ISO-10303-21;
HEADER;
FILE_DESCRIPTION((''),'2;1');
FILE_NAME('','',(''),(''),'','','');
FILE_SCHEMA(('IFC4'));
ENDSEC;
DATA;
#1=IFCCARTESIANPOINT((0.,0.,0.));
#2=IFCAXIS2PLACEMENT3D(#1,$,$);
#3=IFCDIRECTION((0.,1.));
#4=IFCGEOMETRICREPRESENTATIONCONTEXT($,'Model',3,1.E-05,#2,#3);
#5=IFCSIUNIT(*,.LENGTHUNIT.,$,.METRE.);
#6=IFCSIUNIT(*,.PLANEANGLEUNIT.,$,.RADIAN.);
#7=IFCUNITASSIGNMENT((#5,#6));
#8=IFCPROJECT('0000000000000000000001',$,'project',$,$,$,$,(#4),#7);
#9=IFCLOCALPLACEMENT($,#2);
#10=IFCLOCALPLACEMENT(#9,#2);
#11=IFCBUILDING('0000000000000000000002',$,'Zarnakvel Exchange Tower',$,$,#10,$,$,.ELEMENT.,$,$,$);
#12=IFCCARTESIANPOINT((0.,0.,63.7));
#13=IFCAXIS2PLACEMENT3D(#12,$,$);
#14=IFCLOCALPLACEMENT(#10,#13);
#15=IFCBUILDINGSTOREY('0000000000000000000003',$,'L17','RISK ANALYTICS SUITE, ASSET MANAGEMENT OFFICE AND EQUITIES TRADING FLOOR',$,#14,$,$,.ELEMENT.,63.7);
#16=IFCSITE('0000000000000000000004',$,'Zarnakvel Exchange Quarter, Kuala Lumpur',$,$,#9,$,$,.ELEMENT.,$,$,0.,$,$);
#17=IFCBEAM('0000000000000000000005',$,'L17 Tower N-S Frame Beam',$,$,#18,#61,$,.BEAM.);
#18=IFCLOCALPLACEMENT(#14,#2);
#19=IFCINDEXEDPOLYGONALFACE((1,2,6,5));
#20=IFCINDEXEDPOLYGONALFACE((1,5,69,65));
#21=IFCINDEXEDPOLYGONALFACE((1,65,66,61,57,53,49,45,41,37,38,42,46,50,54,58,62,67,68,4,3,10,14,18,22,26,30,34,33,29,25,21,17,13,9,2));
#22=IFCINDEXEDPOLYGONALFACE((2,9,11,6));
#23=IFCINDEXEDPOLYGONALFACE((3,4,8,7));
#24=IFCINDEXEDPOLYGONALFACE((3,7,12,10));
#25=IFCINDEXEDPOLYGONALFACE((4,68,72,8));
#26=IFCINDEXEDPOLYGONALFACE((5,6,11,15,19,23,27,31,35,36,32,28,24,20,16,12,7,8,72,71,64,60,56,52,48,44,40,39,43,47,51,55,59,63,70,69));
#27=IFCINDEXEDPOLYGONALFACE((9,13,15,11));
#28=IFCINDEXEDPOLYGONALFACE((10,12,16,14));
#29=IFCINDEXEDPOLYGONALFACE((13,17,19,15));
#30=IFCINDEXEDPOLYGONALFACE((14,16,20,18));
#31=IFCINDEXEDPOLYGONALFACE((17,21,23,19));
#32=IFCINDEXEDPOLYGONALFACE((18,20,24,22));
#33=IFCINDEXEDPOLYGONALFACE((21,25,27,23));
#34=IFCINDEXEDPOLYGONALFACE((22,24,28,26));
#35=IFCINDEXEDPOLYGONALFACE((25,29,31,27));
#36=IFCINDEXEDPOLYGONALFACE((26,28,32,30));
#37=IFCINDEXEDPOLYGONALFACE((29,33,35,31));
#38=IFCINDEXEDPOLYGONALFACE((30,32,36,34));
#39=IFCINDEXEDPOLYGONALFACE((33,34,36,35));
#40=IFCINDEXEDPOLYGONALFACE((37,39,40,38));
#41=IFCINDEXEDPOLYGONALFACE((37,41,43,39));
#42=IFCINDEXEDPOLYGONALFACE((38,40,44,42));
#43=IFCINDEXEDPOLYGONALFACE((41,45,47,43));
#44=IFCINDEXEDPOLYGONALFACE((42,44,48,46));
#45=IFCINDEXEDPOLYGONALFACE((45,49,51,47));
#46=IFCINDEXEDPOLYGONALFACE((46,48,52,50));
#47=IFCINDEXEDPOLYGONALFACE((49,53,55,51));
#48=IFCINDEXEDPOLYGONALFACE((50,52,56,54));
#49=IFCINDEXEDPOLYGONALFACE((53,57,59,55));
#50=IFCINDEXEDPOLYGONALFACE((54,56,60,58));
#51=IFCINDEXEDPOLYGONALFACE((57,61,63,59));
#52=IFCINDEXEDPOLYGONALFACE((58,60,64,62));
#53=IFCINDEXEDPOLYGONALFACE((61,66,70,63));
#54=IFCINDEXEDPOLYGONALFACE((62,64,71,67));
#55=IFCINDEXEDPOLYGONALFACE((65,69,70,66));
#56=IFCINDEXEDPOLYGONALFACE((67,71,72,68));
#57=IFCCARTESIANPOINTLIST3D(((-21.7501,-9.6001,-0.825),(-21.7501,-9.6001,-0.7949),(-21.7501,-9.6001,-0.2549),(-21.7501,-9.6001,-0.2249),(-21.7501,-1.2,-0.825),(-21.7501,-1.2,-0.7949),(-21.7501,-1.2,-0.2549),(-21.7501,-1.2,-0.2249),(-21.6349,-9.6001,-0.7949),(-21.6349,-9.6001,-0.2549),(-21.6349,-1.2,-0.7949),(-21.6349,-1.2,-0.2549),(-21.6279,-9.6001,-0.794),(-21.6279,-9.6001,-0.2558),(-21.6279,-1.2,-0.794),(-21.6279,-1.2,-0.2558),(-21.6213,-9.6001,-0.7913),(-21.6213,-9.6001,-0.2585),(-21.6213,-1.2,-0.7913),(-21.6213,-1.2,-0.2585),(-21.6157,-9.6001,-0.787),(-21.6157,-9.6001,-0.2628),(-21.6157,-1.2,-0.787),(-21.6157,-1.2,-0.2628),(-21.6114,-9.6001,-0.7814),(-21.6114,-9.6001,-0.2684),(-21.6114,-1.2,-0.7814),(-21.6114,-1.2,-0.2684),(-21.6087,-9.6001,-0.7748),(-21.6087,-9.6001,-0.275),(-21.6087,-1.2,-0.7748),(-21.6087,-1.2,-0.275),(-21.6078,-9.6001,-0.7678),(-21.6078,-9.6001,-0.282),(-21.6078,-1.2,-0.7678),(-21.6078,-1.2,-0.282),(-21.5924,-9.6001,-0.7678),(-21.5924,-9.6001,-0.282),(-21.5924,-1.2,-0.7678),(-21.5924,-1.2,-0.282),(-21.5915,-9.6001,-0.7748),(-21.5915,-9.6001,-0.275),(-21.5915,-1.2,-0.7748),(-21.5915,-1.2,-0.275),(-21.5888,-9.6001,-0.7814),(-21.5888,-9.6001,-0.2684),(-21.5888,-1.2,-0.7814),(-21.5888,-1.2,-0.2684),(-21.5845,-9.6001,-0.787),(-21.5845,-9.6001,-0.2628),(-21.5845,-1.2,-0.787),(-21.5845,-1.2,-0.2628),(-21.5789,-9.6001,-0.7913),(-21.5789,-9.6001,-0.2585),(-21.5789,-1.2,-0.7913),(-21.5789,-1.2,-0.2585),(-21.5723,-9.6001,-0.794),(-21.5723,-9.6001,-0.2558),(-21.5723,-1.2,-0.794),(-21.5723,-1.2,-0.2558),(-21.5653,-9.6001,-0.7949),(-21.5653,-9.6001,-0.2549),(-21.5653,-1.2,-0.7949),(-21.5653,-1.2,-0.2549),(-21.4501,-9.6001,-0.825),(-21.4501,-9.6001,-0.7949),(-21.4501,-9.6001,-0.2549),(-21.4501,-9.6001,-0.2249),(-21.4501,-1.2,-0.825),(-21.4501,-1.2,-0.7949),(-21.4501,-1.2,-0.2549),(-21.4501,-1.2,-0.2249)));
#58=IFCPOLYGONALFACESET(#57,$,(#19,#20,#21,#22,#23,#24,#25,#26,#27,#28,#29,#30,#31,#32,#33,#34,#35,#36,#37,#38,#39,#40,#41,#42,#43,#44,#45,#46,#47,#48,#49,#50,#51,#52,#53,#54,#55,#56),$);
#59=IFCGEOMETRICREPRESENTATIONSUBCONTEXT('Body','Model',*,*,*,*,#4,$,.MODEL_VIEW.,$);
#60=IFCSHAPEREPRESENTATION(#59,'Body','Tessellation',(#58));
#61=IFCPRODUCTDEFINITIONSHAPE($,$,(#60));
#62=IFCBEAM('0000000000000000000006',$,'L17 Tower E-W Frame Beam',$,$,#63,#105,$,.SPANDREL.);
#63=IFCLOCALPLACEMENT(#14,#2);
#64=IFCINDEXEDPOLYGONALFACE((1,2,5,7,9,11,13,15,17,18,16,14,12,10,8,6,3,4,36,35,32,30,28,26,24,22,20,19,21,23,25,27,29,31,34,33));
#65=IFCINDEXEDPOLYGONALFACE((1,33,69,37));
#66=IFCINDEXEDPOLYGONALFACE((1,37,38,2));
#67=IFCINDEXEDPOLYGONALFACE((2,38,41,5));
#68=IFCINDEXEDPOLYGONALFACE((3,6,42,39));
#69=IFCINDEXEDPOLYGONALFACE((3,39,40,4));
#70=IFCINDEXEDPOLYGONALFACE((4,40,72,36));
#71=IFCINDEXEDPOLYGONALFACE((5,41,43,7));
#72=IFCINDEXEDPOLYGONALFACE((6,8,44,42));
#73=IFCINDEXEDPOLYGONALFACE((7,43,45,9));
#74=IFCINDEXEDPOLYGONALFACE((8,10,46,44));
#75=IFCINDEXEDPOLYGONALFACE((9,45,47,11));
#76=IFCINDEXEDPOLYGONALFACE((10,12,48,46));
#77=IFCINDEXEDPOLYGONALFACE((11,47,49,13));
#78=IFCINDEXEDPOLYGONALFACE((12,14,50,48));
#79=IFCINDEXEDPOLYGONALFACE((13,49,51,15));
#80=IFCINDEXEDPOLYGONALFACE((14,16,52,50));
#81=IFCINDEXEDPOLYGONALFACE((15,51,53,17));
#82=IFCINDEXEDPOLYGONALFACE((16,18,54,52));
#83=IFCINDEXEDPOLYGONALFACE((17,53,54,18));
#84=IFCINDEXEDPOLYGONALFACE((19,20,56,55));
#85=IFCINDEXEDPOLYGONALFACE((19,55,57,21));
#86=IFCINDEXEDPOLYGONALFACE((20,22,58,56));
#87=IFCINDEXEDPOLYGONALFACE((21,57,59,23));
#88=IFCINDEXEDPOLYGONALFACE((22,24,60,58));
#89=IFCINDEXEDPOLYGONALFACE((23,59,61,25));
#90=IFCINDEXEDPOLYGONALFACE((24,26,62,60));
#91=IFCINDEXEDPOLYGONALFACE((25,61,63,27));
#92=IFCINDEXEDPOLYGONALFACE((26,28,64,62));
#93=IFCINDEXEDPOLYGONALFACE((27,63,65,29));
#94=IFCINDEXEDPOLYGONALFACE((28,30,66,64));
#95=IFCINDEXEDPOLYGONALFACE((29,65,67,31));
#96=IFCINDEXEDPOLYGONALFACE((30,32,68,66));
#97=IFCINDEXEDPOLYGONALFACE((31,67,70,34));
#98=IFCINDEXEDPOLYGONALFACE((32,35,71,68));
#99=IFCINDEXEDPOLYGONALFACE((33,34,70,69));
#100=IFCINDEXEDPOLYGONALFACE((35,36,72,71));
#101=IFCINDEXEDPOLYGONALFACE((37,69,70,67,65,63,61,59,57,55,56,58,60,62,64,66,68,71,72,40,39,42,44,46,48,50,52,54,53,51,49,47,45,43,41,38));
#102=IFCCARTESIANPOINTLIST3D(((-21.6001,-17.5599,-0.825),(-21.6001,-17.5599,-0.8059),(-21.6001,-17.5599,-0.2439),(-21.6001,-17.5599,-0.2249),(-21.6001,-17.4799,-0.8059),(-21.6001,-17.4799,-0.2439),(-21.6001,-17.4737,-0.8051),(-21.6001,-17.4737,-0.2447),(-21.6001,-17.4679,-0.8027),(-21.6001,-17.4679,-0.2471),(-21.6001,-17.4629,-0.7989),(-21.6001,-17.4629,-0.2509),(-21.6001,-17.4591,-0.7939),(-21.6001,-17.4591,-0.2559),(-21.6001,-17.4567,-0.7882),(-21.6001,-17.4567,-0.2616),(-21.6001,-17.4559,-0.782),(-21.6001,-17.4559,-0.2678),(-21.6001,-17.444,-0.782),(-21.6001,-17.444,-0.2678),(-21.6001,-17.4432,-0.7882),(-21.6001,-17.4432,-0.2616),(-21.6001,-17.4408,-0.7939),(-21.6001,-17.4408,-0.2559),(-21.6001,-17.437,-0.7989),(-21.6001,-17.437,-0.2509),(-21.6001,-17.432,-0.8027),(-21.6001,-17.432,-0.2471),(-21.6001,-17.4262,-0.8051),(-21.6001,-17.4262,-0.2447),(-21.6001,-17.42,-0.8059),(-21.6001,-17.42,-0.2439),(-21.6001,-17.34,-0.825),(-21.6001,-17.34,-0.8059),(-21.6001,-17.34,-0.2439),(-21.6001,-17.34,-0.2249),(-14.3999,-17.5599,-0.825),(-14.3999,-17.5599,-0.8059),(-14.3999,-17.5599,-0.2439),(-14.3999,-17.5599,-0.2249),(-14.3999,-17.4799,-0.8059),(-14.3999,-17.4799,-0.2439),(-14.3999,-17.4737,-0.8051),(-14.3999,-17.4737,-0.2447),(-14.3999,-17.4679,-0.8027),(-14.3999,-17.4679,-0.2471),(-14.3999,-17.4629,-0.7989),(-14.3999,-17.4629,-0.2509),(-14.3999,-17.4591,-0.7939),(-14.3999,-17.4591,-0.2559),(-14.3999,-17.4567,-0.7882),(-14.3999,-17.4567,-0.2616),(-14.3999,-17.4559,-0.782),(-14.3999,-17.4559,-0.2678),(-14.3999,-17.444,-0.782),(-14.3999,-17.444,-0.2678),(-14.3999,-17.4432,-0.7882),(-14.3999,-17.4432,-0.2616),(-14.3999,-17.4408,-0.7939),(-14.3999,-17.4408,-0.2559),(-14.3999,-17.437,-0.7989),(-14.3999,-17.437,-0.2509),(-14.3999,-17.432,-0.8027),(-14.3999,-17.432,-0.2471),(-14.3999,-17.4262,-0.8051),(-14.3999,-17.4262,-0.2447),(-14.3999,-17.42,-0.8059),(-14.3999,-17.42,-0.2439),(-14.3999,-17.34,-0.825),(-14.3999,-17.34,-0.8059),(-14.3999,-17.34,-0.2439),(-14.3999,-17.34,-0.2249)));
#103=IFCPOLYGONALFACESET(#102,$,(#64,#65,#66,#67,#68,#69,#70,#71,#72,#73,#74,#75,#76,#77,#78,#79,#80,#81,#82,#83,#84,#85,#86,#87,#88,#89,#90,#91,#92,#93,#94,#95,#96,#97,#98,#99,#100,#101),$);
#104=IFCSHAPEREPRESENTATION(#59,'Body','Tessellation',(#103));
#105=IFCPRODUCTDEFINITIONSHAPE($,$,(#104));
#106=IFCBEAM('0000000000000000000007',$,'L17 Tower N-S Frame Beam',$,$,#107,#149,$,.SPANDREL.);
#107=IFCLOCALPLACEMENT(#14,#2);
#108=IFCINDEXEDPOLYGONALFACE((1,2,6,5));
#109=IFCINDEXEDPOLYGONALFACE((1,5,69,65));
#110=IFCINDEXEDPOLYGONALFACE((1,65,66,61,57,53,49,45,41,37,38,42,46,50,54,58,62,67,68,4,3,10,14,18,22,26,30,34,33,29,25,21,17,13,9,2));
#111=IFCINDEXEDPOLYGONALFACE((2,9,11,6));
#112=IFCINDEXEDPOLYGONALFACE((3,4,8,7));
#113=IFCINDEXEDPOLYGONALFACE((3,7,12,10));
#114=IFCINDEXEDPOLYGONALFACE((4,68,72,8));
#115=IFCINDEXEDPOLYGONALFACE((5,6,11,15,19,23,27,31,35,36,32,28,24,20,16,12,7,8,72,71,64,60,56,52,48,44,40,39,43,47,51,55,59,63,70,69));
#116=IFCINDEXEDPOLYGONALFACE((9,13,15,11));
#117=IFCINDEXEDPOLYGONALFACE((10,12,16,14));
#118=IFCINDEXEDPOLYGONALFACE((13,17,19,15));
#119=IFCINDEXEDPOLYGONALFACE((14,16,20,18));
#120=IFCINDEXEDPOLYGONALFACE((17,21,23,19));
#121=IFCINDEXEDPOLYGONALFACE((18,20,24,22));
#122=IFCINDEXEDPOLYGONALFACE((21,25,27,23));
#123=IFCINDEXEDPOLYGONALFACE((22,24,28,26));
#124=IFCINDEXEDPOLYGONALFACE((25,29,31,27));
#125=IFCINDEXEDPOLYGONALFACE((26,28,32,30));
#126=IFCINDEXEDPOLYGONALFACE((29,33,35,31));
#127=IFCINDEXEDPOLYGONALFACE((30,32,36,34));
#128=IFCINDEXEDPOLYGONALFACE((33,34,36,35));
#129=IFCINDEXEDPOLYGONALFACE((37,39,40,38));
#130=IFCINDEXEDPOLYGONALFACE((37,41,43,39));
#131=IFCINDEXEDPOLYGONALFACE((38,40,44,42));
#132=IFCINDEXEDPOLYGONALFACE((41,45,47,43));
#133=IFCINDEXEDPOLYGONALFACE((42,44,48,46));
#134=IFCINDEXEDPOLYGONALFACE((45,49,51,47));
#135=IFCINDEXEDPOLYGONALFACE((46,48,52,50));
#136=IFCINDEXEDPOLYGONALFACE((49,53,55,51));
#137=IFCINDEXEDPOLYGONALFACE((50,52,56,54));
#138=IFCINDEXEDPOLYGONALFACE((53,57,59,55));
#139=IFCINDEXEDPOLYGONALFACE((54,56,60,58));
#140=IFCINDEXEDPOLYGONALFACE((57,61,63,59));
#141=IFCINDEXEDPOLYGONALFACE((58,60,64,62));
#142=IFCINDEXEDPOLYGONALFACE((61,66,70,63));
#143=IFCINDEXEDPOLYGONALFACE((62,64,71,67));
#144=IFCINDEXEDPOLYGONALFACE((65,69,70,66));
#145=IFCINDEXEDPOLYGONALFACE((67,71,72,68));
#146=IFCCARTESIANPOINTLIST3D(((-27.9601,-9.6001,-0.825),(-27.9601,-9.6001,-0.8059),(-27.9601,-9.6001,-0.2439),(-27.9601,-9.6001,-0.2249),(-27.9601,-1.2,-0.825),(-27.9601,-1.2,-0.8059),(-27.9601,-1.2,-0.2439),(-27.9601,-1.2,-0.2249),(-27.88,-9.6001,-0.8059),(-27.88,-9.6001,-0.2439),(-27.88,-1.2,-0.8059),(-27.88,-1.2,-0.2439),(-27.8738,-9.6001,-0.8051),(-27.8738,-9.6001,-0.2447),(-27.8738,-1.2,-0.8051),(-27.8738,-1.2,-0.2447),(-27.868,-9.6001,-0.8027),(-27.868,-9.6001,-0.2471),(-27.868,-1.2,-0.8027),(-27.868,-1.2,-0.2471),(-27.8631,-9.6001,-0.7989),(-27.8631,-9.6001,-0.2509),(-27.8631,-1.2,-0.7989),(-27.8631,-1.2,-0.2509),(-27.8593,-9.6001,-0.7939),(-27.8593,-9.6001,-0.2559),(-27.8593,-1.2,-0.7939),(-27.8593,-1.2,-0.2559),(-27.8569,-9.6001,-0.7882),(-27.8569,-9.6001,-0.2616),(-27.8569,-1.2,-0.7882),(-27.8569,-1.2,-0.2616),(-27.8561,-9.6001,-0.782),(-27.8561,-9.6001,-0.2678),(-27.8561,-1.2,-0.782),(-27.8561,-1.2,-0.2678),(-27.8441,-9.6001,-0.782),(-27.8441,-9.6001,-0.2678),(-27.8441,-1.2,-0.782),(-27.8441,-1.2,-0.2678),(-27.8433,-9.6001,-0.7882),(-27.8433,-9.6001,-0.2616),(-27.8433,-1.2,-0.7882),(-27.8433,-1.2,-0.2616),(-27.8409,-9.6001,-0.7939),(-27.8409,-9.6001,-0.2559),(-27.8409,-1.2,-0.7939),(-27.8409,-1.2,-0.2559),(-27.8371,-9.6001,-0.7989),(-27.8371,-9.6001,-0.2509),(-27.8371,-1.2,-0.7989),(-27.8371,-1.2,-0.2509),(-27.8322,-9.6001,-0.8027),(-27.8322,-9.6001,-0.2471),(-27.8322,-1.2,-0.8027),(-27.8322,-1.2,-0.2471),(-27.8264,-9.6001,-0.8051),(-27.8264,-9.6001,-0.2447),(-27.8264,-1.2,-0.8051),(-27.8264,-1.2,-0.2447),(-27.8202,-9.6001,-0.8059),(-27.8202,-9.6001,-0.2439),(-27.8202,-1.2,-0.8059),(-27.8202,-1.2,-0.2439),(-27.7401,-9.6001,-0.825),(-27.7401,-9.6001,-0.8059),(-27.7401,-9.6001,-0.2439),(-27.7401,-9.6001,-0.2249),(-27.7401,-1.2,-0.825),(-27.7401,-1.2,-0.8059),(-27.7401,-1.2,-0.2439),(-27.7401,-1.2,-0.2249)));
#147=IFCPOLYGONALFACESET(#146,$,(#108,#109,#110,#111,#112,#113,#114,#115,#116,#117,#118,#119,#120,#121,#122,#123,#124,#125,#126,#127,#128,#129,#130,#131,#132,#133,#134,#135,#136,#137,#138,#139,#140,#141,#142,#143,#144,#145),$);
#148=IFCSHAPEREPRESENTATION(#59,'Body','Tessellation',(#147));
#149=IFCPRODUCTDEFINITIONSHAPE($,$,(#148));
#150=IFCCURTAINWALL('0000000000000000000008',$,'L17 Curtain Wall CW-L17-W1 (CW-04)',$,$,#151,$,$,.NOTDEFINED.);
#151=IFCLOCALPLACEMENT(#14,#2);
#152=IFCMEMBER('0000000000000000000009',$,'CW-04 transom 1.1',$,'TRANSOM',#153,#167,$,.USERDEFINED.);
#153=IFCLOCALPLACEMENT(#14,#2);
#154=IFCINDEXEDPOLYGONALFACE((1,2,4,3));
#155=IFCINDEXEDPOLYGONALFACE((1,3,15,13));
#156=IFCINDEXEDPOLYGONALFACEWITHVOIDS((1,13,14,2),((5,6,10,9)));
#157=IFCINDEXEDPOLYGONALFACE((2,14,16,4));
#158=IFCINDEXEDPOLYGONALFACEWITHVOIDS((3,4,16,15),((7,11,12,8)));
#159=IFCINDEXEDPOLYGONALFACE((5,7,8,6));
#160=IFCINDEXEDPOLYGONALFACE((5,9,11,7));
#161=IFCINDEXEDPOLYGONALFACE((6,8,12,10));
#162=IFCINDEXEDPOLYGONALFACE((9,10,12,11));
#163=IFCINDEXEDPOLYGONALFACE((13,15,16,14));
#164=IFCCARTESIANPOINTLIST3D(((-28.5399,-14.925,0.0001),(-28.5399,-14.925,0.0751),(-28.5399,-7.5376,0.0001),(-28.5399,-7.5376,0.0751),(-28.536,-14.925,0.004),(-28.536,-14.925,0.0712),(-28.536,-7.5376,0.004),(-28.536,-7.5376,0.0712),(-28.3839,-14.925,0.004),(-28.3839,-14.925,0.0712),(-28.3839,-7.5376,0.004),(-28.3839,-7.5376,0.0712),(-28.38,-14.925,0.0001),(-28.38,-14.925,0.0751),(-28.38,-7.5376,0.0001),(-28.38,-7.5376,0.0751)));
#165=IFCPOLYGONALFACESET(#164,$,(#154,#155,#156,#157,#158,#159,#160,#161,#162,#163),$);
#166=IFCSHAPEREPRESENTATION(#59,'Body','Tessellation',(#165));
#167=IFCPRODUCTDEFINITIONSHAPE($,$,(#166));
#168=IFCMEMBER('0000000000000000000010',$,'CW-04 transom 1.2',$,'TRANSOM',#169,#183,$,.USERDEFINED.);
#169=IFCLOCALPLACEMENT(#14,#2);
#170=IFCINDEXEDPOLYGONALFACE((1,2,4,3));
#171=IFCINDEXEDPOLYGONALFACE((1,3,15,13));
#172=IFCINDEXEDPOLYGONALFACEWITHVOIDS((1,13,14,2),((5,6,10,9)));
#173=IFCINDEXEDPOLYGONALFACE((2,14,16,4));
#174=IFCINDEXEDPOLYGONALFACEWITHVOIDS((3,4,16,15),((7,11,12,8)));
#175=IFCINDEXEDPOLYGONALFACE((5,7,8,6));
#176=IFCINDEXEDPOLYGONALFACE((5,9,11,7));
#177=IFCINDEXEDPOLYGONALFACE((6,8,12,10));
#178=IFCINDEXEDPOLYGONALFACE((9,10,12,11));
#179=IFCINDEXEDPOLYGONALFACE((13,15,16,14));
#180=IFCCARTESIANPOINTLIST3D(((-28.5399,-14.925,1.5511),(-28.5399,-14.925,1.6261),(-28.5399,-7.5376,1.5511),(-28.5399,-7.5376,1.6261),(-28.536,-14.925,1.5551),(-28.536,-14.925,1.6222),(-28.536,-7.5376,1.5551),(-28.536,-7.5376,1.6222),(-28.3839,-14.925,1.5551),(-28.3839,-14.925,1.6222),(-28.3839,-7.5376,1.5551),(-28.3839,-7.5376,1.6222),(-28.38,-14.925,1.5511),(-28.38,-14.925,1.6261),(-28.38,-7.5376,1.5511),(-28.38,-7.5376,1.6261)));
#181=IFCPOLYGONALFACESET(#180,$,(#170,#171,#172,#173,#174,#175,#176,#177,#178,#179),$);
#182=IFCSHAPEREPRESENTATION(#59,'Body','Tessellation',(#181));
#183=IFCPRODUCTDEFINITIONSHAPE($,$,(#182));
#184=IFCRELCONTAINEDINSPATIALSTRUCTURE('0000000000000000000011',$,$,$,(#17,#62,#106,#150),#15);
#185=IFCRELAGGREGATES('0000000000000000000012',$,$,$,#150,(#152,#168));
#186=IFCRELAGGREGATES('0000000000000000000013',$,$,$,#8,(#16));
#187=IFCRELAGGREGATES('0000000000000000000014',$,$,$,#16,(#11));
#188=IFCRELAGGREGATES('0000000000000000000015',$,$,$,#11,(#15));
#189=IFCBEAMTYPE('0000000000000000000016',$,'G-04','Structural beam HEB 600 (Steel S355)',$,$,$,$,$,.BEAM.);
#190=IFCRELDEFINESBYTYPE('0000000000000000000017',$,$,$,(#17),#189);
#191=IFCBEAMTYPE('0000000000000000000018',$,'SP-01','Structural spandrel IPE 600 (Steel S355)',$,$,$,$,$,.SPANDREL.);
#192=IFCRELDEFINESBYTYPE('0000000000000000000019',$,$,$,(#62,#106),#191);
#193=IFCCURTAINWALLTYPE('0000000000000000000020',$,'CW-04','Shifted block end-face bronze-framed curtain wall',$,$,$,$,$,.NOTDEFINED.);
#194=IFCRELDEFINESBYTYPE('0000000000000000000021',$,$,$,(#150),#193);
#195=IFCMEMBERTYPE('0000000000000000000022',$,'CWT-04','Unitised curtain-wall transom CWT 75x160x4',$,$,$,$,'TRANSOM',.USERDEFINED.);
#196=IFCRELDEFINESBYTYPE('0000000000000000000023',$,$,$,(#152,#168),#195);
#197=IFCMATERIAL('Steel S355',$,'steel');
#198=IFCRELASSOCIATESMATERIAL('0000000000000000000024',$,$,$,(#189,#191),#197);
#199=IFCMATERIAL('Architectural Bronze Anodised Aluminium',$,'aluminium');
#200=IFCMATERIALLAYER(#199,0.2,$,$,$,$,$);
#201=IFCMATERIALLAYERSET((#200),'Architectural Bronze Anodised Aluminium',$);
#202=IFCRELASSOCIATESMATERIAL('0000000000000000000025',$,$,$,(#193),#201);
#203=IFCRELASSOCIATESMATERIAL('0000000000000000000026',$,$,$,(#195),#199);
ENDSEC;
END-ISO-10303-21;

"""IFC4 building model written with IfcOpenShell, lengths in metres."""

from ifc_helpers import new_model, si_unit, direction, frame, origin, origin_2d, place, context, subcontext, project, spatial, hollow_rectangle, i_section, extrude, source, transform, mapped, material, layer, layer_set, material_profile, profile_set, type_object, element, aggregate, save


model = new_model("IFC4")

# Units and contexts
model_context = context("Model", 3, precision=1e-05, world=origin(), true_north=direction((0.0, 1.0)))
body_context = subcontext(model_context, "Body", "Model", "MODEL_VIEW")
ifc_project = project(units=[si_unit("LENGTHUNIT", "METRE"), si_unit("PLANEANGLEUNIT", "RADIAN")], contexts=[model_context])

# Site, building, storey
site_placement = place(None, origin())
site = spatial("IfcSite", under=ifc_project, at=site_placement, Name="Zarnakvel Exchange Quarter, Kuala Lumpur", CompositionType="ELEMENT", RefElevation=0.0)
building_placement = place(site_placement, origin())
building = spatial("IfcBuilding", under=site, at=building_placement, Name="Zarnakvel Exchange Tower", CompositionType="ELEMENT")
storey_placement = place(building_placement, frame((0.0, 0.0, 63.7)))
storey = spatial("IfcBuildingStorey", under=building, at=storey_placement, Name="L17", Description="RISK ANALYTICS SUITE, ASSET MANAGEMENT OFFICE AND EQUITIES TRADING FLOOR", CompositionType="ELEMENT", Elevation=63.7)

# Shared definitions
ifc_material_1 = material(Name="Steel S355", Category="steel")

# Beams
ifc_material_profile_1 = material_profile(ifc_material_1, i_section(OverallWidth=0.3, OverallDepth=0.6001, WebThickness=0.0154, FlangeThickness=0.03, FilletRadius=0.0271, at=origin_2d()))
ifc_profile_set_1 = profile_set([ifc_material_profile_1], Name="Steel S355")
beam_type_1 = type_object("IfcBeamType", Name="G-04", Description="Structural beam HEB 600 (Steel S355)", PredefinedType="BEAM", material=ifc_profile_set_1)
beam_1_placement = place(storey_placement, frame((-21.6001, -9.6001, -0.5249), z_axis=(0.0, 1.0, 0.0), x_axis=(-1.0, 0.0, 0.0)))
element("IfcBeam", 1, at=beam_1_placement, inside=storey, type_object=beam_type_1, Name="L17 Tower N-S Frame Beam", PredefinedType="BEAM", context=body_context, shape_type="SweptSolid", body=[
    extrude(i_section(OverallWidth=0.3, OverallDepth=0.6001, WebThickness=0.0154, FlangeThickness=0.03, FilletRadius=0.0271, at=origin_2d()), origin(), (0.0, 0.0, 1.0), 8.4001),
])
ifc_material_profile_2 = material_profile(ifc_material_1, i_section(OverallWidth=0.22, OverallDepth=0.6001, WebThickness=0.012, FlangeThickness=0.019, FilletRadius=0.0239, at=origin_2d()))
ifc_profile_set_2 = profile_set([ifc_material_profile_2], Name="Steel S355")
beam_type_2 = type_object("IfcBeamType", Name="SP-01", Description="Structural spandrel IPE 600 (Steel S355)", PredefinedType="SPANDREL", material=ifc_profile_set_2)
beam_2_placement = place(storey_placement, frame((-21.6001, -17.45, -0.5249), z_axis=(1.0, 0.0, 0.0), x_axis=(0.0, 1.0, 0.0)))
element("IfcBeam", 2, at=beam_2_placement, inside=storey, type_object=beam_type_2, Name="L17 Tower E-W Frame Beam", PredefinedType="SPANDREL", context=body_context, shape_type="SweptSolid", body=[
    extrude(i_section(OverallWidth=0.22, OverallDepth=0.6001, WebThickness=0.012, FlangeThickness=0.019, FilletRadius=0.0239, at=origin_2d()), origin(), (0.0, 0.0, 1.0), 7.2002),
])
beam_3_placement = place(storey_placement, frame((-27.8501, -9.6001, -0.5249), z_axis=(0.0, 1.0, 0.0), x_axis=(-1.0, 0.0, 0.0)))
element("IfcBeam", 3, at=beam_3_placement, inside=storey, type_object=beam_type_2, Name="L17 Tower N-S Frame Beam", PredefinedType="SPANDREL", context=body_context, shape_type="SweptSolid", body=[
    extrude(i_section(OverallWidth=0.22, OverallDepth=0.6001, WebThickness=0.012, FlangeThickness=0.019, FilletRadius=0.0239, at=origin_2d()), origin(), (0.0, 0.0, 1.0), 8.4001),
])

# Curtain wall, members
ifc_material_2 = material(Name="Architectural Bronze Anodised Aluminium", Category="aluminium")
ifc_layer_1 = layer(ifc_material_2, 0.2)
ifc_layer_set_1 = layer_set([ifc_layer_1], Name="Architectural Bronze Anodised Aluminium")
curtain_wall_type = type_object("IfcCurtainWallType", Name="CW-04", Description="Shifted block end-face bronze-framed curtain wall", PredefinedType="NOTDEFINED", material=ifc_layer_set_1)
curtain_wall_placement = place(storey_placement, origin())
curtain_wall = element("IfcCurtainWall", 4, at=curtain_wall_placement, inside=storey, type_object=curtain_wall_type, Name="L17 Curtain Wall CW-L17-W1 (CW-04)", PredefinedType="NOTDEFINED")
ifc_material_profile_3 = material_profile(ifc_material_2, hollow_rectangle(XDim=0.1599, YDim=0.075, WallThickness=0.0039, at=origin_2d()))
ifc_profile_set_3 = profile_set([ifc_material_profile_3], Name="Architectural Bronze Anodised Aluminium")
member_type_1 = type_object("IfcMemberType", Name="CWT-04", Description="Unitised curtain-wall transom CWT 75x160x4", ElementType="TRANSOM", PredefinedType="USERDEFINED", material=ifc_profile_set_3)
shared_shape_1 = source(origin(), body_context, "Body", "SweptSolid", [
    extrude(hollow_rectangle(XDim=0.1599, YDim=0.075, WallThickness=0.0039, at=origin_2d()), origin(), (0.0, 0.0, 1.0), 7.3875),
])
member_1_placement = place(storey_placement, frame((-28.46, -14.925, 0.0376), z_axis=(0.0, 1.0, 0.0), x_axis=(-1.0, 0.0, 0.0)))
member_1 = element("IfcMember", 5, at=member_1_placement, type_object=member_type_1, Name="CW-04 transom 1.1", ObjectType="TRANSOM", PredefinedType="USERDEFINED", context=body_context, shape_type="MappedRepresentation", body=[
    mapped(shared_shape_1, transform((0.0, 0.0, 0.0), x_axis=(1.0, 0.0, 0.0), y_axis=(0.0, 1.0, 0.0), z_axis=(0.0, 0.0, 1.0), scale=1.0)),
])
member_2_placement = place(storey_placement, frame((-28.46, -14.925, 1.5886), z_axis=(0.0, 1.0, 0.0), x_axis=(-1.0, 0.0, 0.0)))
member_2 = element("IfcMember", 6, at=member_2_placement, type_object=member_type_1, Name="CW-04 transom 1.2", ObjectType="TRANSOM", PredefinedType="USERDEFINED", context=body_context, shape_type="MappedRepresentation", body=[
    mapped(shared_shape_1, transform((0.0, 0.0, 0.0), x_axis=(1.0, 0.0, 0.0), y_axis=(0.0, 1.0, 0.0), z_axis=(0.0, 0.0, 1.0), scale=1.0)),
])
aggregate(curtain_wall, [member_1, member_2])

save(model, "model.ifc")
